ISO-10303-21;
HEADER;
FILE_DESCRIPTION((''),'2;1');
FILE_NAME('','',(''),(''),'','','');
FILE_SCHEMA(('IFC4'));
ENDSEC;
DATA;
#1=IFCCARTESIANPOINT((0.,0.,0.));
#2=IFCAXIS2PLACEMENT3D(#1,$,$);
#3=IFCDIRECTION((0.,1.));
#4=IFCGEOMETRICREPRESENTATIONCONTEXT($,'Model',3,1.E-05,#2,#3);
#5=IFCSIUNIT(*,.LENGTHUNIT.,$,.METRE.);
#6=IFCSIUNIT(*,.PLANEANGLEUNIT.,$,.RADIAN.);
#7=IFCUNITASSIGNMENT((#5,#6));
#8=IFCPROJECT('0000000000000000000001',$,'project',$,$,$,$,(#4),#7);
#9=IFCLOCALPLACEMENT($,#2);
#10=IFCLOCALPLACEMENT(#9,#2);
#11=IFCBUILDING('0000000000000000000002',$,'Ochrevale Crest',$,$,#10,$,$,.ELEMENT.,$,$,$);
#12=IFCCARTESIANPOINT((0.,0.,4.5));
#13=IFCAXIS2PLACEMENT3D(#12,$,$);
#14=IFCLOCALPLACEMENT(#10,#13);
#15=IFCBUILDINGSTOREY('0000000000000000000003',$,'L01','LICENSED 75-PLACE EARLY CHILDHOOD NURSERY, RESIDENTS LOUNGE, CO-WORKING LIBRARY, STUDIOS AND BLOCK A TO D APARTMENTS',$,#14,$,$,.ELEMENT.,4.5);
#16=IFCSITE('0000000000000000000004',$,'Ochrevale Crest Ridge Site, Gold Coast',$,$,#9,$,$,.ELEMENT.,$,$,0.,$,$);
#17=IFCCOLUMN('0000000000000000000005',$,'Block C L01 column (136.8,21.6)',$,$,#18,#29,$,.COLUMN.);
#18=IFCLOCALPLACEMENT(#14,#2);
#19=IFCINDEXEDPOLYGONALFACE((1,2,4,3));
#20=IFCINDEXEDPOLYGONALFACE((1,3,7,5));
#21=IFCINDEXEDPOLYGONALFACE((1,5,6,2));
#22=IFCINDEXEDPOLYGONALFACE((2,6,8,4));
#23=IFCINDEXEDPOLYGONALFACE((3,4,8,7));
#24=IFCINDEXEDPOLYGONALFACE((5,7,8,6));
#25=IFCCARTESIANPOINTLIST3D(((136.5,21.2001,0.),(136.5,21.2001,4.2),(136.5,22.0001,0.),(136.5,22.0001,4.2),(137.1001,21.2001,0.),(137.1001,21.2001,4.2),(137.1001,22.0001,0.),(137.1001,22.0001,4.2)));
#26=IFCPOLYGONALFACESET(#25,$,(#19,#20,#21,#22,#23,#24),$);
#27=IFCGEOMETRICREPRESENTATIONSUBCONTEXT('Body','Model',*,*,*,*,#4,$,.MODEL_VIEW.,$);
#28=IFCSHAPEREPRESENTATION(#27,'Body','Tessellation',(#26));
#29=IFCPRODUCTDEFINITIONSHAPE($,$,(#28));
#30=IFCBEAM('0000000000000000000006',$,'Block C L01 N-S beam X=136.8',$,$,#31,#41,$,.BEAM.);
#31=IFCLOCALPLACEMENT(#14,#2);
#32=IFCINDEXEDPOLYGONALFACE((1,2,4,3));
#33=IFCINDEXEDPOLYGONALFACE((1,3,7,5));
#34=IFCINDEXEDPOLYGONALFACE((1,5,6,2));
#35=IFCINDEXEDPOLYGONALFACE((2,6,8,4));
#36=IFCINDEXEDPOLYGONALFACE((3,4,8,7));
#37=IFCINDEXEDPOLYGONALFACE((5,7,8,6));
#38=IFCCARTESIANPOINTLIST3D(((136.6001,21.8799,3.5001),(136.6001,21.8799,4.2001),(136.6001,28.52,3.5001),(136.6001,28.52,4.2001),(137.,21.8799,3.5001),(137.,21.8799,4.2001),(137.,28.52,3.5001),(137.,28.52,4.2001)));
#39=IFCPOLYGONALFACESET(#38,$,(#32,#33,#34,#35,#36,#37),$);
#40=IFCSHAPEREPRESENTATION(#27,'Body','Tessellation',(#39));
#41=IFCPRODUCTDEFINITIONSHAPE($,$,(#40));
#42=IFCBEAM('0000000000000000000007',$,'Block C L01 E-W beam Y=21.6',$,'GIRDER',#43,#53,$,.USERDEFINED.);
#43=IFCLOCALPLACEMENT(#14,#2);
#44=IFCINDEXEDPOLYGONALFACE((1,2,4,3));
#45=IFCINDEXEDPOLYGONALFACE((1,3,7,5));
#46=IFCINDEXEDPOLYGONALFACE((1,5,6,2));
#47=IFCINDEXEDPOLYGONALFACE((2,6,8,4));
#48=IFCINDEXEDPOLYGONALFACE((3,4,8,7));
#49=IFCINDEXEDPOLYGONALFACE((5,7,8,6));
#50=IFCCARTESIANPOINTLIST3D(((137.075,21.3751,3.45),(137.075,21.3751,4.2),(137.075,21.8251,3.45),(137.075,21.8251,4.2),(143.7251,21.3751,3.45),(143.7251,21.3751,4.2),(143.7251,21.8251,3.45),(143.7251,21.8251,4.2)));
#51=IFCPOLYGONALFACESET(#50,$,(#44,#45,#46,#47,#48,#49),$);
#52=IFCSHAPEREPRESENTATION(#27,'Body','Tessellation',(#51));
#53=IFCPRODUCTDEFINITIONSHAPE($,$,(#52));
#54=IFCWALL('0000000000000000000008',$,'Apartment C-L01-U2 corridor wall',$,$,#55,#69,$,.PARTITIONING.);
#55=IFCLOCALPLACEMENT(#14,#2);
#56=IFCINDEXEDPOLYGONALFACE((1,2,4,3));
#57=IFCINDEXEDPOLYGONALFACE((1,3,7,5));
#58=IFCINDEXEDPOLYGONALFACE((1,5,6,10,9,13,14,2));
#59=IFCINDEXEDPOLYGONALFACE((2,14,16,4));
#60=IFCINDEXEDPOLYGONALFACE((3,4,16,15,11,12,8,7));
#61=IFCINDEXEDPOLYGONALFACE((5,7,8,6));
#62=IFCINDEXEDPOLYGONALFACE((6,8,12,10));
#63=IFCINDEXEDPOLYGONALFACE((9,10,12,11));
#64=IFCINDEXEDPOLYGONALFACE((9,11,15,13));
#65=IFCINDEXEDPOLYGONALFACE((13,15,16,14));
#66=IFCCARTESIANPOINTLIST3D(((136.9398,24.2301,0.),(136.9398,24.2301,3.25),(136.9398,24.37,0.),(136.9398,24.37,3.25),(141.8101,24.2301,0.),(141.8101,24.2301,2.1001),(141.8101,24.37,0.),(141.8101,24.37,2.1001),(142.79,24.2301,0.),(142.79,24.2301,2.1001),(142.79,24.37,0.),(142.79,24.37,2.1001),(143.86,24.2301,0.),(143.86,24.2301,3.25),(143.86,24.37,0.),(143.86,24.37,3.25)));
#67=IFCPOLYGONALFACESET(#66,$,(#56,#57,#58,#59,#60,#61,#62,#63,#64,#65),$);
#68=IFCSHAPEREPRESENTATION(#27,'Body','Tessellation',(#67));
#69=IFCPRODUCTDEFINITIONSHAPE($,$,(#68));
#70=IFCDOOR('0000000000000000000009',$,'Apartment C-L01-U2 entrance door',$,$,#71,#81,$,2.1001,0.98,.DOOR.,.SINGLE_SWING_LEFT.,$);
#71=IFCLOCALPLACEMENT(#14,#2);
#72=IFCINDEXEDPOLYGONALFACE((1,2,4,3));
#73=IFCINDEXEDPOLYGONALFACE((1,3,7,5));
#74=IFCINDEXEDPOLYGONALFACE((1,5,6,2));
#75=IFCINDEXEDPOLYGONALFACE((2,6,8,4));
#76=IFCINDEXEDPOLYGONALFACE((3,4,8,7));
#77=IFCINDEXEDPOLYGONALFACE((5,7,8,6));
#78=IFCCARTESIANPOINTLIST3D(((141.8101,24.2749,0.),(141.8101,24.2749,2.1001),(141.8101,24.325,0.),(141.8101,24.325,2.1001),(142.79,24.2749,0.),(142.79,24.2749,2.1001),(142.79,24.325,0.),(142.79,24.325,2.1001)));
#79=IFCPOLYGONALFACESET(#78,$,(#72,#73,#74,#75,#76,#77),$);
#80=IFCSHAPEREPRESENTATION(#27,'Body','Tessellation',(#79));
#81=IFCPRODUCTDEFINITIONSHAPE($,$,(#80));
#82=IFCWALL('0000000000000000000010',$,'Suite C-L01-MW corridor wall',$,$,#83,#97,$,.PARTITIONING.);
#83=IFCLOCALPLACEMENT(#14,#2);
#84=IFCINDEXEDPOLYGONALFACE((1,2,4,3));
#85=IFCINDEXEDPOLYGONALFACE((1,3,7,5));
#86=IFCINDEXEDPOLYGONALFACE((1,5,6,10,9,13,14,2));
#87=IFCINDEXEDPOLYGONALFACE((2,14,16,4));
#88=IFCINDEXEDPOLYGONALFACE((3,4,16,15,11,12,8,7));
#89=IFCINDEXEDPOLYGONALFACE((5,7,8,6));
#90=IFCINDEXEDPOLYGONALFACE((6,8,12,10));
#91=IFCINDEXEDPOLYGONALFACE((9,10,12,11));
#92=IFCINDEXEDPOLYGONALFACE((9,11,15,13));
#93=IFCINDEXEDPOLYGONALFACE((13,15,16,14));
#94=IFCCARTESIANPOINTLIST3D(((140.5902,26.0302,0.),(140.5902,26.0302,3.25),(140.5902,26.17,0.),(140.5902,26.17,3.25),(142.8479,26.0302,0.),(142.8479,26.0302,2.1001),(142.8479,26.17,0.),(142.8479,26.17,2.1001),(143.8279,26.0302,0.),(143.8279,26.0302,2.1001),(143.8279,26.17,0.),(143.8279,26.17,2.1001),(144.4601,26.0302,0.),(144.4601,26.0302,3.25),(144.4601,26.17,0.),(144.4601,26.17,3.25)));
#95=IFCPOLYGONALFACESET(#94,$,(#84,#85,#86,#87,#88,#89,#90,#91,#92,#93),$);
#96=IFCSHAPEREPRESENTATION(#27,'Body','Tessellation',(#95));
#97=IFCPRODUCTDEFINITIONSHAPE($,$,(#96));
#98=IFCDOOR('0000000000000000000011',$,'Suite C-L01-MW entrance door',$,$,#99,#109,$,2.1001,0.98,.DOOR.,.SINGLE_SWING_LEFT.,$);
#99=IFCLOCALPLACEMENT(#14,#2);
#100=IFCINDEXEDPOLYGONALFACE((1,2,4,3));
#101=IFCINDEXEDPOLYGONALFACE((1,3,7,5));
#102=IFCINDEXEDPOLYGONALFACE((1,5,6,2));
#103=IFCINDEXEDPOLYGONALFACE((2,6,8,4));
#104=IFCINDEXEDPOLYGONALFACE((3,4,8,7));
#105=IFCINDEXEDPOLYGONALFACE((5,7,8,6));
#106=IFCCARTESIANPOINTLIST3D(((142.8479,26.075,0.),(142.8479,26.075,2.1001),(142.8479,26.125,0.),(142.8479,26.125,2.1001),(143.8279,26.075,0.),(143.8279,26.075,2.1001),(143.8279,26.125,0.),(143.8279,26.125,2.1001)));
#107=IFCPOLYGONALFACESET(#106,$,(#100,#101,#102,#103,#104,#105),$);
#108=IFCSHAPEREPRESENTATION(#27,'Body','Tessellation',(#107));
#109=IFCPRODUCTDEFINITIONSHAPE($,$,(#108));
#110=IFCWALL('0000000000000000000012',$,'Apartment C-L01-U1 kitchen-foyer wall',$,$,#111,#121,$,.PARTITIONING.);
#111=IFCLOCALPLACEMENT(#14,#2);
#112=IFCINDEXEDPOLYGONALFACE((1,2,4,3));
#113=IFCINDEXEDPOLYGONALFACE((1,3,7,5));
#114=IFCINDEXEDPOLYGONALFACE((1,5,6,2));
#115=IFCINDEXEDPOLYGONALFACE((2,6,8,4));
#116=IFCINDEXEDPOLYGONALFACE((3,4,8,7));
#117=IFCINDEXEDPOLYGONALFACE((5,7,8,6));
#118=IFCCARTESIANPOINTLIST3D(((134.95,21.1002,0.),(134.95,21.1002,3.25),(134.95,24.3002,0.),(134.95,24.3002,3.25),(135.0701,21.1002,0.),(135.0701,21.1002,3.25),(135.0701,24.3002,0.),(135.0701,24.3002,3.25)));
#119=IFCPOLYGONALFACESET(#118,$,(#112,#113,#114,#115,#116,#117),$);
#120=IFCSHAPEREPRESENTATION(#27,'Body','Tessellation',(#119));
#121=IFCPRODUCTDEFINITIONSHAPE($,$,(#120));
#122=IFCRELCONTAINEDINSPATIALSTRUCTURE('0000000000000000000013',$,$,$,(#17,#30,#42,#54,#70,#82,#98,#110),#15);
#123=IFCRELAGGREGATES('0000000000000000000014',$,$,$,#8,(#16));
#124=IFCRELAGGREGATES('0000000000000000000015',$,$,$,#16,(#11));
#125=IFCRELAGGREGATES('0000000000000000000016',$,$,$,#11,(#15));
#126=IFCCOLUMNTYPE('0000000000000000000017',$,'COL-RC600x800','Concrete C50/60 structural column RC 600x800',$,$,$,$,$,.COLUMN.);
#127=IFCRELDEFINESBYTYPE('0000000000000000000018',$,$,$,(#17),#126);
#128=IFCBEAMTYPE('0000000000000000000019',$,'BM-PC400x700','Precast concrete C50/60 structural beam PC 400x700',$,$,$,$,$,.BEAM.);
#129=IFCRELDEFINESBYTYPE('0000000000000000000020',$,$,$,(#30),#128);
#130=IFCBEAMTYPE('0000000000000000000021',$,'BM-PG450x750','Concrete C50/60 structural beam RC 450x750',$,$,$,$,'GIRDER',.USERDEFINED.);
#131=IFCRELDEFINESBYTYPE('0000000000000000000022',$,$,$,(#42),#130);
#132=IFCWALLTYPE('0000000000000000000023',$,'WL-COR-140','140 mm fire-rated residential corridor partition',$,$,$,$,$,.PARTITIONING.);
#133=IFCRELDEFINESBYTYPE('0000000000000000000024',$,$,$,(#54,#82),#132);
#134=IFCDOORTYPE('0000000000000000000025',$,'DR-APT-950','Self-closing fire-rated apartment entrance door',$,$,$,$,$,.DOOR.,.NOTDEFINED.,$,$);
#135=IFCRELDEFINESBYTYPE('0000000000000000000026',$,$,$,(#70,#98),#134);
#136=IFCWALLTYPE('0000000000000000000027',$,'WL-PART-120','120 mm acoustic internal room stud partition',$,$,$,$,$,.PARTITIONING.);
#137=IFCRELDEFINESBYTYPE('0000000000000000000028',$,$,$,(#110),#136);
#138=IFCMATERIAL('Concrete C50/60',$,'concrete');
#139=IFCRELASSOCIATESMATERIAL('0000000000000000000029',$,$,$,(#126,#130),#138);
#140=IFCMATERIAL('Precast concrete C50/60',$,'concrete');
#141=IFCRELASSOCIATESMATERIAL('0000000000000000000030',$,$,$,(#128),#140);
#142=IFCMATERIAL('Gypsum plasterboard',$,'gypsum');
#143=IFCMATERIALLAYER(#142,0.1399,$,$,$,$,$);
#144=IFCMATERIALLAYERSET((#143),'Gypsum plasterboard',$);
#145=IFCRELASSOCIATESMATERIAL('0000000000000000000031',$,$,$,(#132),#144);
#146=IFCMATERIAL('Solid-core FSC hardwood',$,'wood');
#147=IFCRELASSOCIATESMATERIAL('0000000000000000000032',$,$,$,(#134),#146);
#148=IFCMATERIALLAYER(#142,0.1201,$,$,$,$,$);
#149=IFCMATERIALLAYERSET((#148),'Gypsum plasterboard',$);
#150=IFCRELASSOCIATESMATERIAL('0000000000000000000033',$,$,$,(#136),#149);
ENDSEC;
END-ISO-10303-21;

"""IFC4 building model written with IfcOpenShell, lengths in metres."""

from ifc_helpers import new_model, si_unit, direction, frame, frame_2d, origin, origin_2d, place, context, subcontext, project, spatial, rectangle, extrude, material, layer, layer_set, material_profile, profile_set, type_object, element, fill, save


model = new_model("IFC4")

# Units and contexts
model_context = context("Model", 3, precision=1e-05, world=origin(), true_north=direction((0.0, 1.0)))
body_context = subcontext(model_context, "Body", "Model", "MODEL_VIEW")
ifc_project = project(units=[si_unit("LENGTHUNIT", "METRE"), si_unit("PLANEANGLEUNIT", "RADIAN")], contexts=[model_context])

# Site, building, storey
site_placement = place(None, origin())
site = spatial("IfcSite", under=ifc_project, at=site_placement, Name="Ochrevale Crest Ridge Site, Gold Coast", CompositionType="ELEMENT", RefElevation=0.0)
building_placement = place(site_placement, origin())
building = spatial("IfcBuilding", under=site, at=building_placement, Name="Ochrevale Crest", CompositionType="ELEMENT")
storey_placement = place(building_placement, frame((0.0, 0.0, 4.5)))
storey = spatial("IfcBuildingStorey", under=building, at=storey_placement, Name="L01", Description="LICENSED 75-PLACE EARLY CHILDHOOD NURSERY, RESIDENTS LOUNGE, CO-WORKING LIBRARY, STUDIOS AND BLOCK A TO D APARTMENTS", CompositionType="ELEMENT", Elevation=4.5)

# Column
ifc_material_1 = material(Name="Concrete C50/60", Category="concrete")
ifc_material_profile_1 = material_profile(ifc_material_1, rectangle(XDim=0.6001, YDim=0.8, at=origin_2d()), Name="RC 600x800")
ifc_profile_set_1 = profile_set([ifc_material_profile_1], Name="Concrete C50/60")
column_type = type_object("IfcColumnType", Name="COL-RC600x800", Description="Concrete C50/60 structural column RC 600x800", PredefinedType="COLUMN", material=ifc_profile_set_1)
column_placement = place(storey_placement, frame((136.8, 21.6001, 0.0), z_axis=(0.0, 0.0, 1.0), x_axis=(1.0, 0.0, 0.0)))
element("IfcColumn", 1, at=column_placement, inside=storey, type_object=column_type, Name="Block C L01 column (136.8,21.6)", PredefinedType="COLUMN", context=body_context, shape_type="SweptSolid", body=[
    extrude(rectangle(XDim=0.6001, YDim=0.8, at=origin_2d()), origin(), (0.0, 0.0, 1.0), 4.2),
])

# Beams
ifc_material_2 = material(Name="Precast concrete C50/60", Category="concrete")
ifc_material_profile_2 = material_profile(ifc_material_2, rectangle(XDim=0.3999, YDim=0.7, at=origin_2d()), Name="PC 400x700")
ifc_profile_set_2 = profile_set([ifc_material_profile_2], Name="Precast concrete C50/60")
beam_type_1 = type_object("IfcBeamType", Name="BM-PC400x700", Description="Precast concrete C50/60 structural beam PC 400x700", PredefinedType="BEAM", material=ifc_profile_set_2)
beam_1_placement = place(storey_placement, frame((136.8, 21.8799, 3.8501), z_axis=(0.0, 1.0, 0.0), x_axis=(-1.0, 0.0, 0.0)))
element("IfcBeam", 2, at=beam_1_placement, inside=storey, type_object=beam_type_1, Name="Block C L01 N-S beam X=136.8", PredefinedType="BEAM", context=body_context, shape_type="SweptSolid", body=[
    extrude(rectangle(XDim=0.3999, YDim=0.7, at=origin_2d()), origin(), (0.0, 0.0, 1.0), 6.6401),
])
ifc_material_profile_3 = material_profile(ifc_material_1, rectangle(XDim=0.45, YDim=0.75, at=origin_2d()), Name="RC 450x750")
ifc_profile_set_3 = profile_set([ifc_material_profile_3], Name="Concrete C50/60")
beam_type_2 = type_object("IfcBeamType", Name="BM-PG450x750", Description="Concrete C50/60 structural beam RC 450x750", ElementType="GIRDER", PredefinedType="USERDEFINED", material=ifc_profile_set_3)
beam_2_placement = place(storey_placement, frame((137.075, 21.6001, 3.825), z_axis=(1.0, 0.0, 0.0), x_axis=(0.0, 1.0, 0.0)))
element("IfcBeam", 3, at=beam_2_placement, inside=storey, type_object=beam_type_2, Name="Block C L01 E-W beam Y=21.6", ObjectType="GIRDER", PredefinedType="USERDEFINED", context=body_context, shape_type="SweptSolid", body=[
    extrude(rectangle(XDim=0.45, YDim=0.75, at=origin_2d()), origin(), (0.0, 0.0, 1.0), 6.6501),
])

# Walls, openings, doors
ifc_material_3 = material(Name="Gypsum plasterboard", Category="gypsum")
ifc_layer_1 = layer(ifc_material_3, 0.1399)
ifc_layer_set_1 = layer_set([ifc_layer_1], Name="Gypsum plasterboard")
wall_type_1 = type_object("IfcWallType", Name="WL-COR-140", Description="140 mm fire-rated residential corridor partition", PredefinedType="PARTITIONING", material=ifc_layer_set_1)
wall_1_placement = place(storey_placement, frame((136.9399, 24.3, 0.0), z_axis=(0.0, 0.0, 1.0), x_axis=(1.0, 0.0, 0.0)))
wall_1 = element("IfcWall", 4, at=wall_1_placement, inside=storey, type_object=wall_type_1, Name="Apartment C-L01-U2 corridor wall", PredefinedType="PARTITIONING", context=body_context, shape_type="SweptSolid", body=[
    extrude(rectangle(XDim=6.9202, YDim=0.1399, at=frame_2d((3.46, 0.0))), origin(), (0.0, 0.0, 1.0), 3.25),
])
opening_1_placement = place(wall_1_placement, frame((4.8701, 0.0, 0.0)))
opening_1 = element("IfcOpeningElement", 5, at=opening_1_placement, cuts=wall_1, PredefinedType="OPENING", context=body_context, shape_type="SweptSolid", body=[
    extrude(rectangle(XDim=0.98, YDim=2.1001, at=frame_2d((0.49, 1.05))), frame((0.0, 0.0801, 0.0), z_axis=(0.0, -1.0, 0.0), x_axis=(1.0, 0.0, 0.0)), (0.0, 0.0, 1.0), 0.1599),
])
ifc_material_4 = material(Name="Solid-core FSC hardwood", Category="wood")
door_type_1 = type_object("IfcDoorType", Name="DR-APT-950", Description="Self-closing fire-rated apartment entrance door", OperationType="NOTDEFINED", PredefinedType="DOOR", material=ifc_material_4)
door_1_placement = place(opening_1_placement, origin())
door_1 = element("IfcDoor", 6, at=door_1_placement, inside=storey, type_object=door_type_1, Name="Apartment C-L01-U2 entrance door", OperationType="SINGLE_SWING_LEFT", OverallHeight=2.1001, OverallWidth=0.98, PredefinedType="DOOR", context=body_context, shape_type="SweptSolid", body=[
    extrude(rectangle(XDim=0.98, YDim=2.1001, at=frame_2d((0.49, 1.05))), frame((0.0, 0.0249, 0.0), z_axis=(0.0, -1.0, 0.0), x_axis=(1.0, 0.0, 0.0)), (0.0, 0.0, 1.0), 0.05),
])
fill(opening_1, door_1)
wall_2_placement = place(storey_placement, frame((140.5901, 26.1001, 0.0), z_axis=(0.0, 0.0, 1.0), x_axis=(1.0, 0.0, 0.0)))
wall_2 = element("IfcWall", 7, at=wall_2_placement, inside=storey, type_object=wall_type_1, Name="Suite C-L01-MW corridor wall", PredefinedType="PARTITIONING", context=body_context, shape_type="SweptSolid", body=[
    extrude(rectangle(XDim=3.8699, YDim=0.1399, at=frame_2d((1.9351, 0.0))), origin(), (0.0, 0.0, 1.0), 3.25),
])
opening_2_placement = place(wall_2_placement, frame((2.2578, 0.0, 0.0)))
opening_2 = element("IfcOpeningElement", 8, at=opening_2_placement, cuts=wall_2, PredefinedType="OPENING", context=body_context, shape_type="SweptSolid", body=[
    extrude(rectangle(XDim=0.98, YDim=2.1001, at=frame_2d((0.49, 1.05))), frame((0.0, 0.0801, 0.0), z_axis=(0.0, -1.0, 0.0), x_axis=(1.0, 0.0, 0.0)), (0.0, 0.0, 1.0), 0.1599),
])
door_2_placement = place(opening_2_placement, origin())
door_2 = element("IfcDoor", 9, at=door_2_placement, inside=storey, type_object=door_type_1, Name="Suite C-L01-MW entrance door", OperationType="SINGLE_SWING_LEFT", OverallHeight=2.1001, OverallWidth=0.98, PredefinedType="DOOR", context=body_context, shape_type="SweptSolid", body=[
    extrude(rectangle(XDim=0.98, YDim=2.1001, at=frame_2d((0.49, 1.05))), frame((0.0, 0.0249, 0.0), z_axis=(0.0, -1.0, 0.0), x_axis=(1.0, 0.0, 0.0)), (0.0, 0.0, 1.0), 0.05),
])
fill(opening_2, door_2)

# Wall
ifc_layer_2 = layer(ifc_material_3, 0.1201)
ifc_layer_set_2 = layer_set([ifc_layer_2], Name="Gypsum plasterboard")
wall_type_2 = type_object("IfcWallType", Name="WL-PART-120", Description="120 mm acoustic internal room stud partition", PredefinedType="PARTITIONING", material=ifc_layer_set_2)
wall_3_placement = place(storey_placement, frame((135.01, 21.1001, 0.0), z_axis=(0.0, 0.0, 1.0), x_axis=(0.0, 1.0, 0.0)))
element("IfcWall", 10, at=wall_3_placement, inside=storey, type_object=wall_type_2, Name="Apartment C-L01-U1 kitchen-foyer wall", PredefinedType="PARTITIONING", context=body_context, shape_type="SweptSolid", body=[
    extrude(rectangle(XDim=3.2, YDim=0.1201, at=frame_2d((1.6001, 0.0))), origin(), (0.0, 0.0, 1.0), 3.25),
])

save(model, "model.ifc")
